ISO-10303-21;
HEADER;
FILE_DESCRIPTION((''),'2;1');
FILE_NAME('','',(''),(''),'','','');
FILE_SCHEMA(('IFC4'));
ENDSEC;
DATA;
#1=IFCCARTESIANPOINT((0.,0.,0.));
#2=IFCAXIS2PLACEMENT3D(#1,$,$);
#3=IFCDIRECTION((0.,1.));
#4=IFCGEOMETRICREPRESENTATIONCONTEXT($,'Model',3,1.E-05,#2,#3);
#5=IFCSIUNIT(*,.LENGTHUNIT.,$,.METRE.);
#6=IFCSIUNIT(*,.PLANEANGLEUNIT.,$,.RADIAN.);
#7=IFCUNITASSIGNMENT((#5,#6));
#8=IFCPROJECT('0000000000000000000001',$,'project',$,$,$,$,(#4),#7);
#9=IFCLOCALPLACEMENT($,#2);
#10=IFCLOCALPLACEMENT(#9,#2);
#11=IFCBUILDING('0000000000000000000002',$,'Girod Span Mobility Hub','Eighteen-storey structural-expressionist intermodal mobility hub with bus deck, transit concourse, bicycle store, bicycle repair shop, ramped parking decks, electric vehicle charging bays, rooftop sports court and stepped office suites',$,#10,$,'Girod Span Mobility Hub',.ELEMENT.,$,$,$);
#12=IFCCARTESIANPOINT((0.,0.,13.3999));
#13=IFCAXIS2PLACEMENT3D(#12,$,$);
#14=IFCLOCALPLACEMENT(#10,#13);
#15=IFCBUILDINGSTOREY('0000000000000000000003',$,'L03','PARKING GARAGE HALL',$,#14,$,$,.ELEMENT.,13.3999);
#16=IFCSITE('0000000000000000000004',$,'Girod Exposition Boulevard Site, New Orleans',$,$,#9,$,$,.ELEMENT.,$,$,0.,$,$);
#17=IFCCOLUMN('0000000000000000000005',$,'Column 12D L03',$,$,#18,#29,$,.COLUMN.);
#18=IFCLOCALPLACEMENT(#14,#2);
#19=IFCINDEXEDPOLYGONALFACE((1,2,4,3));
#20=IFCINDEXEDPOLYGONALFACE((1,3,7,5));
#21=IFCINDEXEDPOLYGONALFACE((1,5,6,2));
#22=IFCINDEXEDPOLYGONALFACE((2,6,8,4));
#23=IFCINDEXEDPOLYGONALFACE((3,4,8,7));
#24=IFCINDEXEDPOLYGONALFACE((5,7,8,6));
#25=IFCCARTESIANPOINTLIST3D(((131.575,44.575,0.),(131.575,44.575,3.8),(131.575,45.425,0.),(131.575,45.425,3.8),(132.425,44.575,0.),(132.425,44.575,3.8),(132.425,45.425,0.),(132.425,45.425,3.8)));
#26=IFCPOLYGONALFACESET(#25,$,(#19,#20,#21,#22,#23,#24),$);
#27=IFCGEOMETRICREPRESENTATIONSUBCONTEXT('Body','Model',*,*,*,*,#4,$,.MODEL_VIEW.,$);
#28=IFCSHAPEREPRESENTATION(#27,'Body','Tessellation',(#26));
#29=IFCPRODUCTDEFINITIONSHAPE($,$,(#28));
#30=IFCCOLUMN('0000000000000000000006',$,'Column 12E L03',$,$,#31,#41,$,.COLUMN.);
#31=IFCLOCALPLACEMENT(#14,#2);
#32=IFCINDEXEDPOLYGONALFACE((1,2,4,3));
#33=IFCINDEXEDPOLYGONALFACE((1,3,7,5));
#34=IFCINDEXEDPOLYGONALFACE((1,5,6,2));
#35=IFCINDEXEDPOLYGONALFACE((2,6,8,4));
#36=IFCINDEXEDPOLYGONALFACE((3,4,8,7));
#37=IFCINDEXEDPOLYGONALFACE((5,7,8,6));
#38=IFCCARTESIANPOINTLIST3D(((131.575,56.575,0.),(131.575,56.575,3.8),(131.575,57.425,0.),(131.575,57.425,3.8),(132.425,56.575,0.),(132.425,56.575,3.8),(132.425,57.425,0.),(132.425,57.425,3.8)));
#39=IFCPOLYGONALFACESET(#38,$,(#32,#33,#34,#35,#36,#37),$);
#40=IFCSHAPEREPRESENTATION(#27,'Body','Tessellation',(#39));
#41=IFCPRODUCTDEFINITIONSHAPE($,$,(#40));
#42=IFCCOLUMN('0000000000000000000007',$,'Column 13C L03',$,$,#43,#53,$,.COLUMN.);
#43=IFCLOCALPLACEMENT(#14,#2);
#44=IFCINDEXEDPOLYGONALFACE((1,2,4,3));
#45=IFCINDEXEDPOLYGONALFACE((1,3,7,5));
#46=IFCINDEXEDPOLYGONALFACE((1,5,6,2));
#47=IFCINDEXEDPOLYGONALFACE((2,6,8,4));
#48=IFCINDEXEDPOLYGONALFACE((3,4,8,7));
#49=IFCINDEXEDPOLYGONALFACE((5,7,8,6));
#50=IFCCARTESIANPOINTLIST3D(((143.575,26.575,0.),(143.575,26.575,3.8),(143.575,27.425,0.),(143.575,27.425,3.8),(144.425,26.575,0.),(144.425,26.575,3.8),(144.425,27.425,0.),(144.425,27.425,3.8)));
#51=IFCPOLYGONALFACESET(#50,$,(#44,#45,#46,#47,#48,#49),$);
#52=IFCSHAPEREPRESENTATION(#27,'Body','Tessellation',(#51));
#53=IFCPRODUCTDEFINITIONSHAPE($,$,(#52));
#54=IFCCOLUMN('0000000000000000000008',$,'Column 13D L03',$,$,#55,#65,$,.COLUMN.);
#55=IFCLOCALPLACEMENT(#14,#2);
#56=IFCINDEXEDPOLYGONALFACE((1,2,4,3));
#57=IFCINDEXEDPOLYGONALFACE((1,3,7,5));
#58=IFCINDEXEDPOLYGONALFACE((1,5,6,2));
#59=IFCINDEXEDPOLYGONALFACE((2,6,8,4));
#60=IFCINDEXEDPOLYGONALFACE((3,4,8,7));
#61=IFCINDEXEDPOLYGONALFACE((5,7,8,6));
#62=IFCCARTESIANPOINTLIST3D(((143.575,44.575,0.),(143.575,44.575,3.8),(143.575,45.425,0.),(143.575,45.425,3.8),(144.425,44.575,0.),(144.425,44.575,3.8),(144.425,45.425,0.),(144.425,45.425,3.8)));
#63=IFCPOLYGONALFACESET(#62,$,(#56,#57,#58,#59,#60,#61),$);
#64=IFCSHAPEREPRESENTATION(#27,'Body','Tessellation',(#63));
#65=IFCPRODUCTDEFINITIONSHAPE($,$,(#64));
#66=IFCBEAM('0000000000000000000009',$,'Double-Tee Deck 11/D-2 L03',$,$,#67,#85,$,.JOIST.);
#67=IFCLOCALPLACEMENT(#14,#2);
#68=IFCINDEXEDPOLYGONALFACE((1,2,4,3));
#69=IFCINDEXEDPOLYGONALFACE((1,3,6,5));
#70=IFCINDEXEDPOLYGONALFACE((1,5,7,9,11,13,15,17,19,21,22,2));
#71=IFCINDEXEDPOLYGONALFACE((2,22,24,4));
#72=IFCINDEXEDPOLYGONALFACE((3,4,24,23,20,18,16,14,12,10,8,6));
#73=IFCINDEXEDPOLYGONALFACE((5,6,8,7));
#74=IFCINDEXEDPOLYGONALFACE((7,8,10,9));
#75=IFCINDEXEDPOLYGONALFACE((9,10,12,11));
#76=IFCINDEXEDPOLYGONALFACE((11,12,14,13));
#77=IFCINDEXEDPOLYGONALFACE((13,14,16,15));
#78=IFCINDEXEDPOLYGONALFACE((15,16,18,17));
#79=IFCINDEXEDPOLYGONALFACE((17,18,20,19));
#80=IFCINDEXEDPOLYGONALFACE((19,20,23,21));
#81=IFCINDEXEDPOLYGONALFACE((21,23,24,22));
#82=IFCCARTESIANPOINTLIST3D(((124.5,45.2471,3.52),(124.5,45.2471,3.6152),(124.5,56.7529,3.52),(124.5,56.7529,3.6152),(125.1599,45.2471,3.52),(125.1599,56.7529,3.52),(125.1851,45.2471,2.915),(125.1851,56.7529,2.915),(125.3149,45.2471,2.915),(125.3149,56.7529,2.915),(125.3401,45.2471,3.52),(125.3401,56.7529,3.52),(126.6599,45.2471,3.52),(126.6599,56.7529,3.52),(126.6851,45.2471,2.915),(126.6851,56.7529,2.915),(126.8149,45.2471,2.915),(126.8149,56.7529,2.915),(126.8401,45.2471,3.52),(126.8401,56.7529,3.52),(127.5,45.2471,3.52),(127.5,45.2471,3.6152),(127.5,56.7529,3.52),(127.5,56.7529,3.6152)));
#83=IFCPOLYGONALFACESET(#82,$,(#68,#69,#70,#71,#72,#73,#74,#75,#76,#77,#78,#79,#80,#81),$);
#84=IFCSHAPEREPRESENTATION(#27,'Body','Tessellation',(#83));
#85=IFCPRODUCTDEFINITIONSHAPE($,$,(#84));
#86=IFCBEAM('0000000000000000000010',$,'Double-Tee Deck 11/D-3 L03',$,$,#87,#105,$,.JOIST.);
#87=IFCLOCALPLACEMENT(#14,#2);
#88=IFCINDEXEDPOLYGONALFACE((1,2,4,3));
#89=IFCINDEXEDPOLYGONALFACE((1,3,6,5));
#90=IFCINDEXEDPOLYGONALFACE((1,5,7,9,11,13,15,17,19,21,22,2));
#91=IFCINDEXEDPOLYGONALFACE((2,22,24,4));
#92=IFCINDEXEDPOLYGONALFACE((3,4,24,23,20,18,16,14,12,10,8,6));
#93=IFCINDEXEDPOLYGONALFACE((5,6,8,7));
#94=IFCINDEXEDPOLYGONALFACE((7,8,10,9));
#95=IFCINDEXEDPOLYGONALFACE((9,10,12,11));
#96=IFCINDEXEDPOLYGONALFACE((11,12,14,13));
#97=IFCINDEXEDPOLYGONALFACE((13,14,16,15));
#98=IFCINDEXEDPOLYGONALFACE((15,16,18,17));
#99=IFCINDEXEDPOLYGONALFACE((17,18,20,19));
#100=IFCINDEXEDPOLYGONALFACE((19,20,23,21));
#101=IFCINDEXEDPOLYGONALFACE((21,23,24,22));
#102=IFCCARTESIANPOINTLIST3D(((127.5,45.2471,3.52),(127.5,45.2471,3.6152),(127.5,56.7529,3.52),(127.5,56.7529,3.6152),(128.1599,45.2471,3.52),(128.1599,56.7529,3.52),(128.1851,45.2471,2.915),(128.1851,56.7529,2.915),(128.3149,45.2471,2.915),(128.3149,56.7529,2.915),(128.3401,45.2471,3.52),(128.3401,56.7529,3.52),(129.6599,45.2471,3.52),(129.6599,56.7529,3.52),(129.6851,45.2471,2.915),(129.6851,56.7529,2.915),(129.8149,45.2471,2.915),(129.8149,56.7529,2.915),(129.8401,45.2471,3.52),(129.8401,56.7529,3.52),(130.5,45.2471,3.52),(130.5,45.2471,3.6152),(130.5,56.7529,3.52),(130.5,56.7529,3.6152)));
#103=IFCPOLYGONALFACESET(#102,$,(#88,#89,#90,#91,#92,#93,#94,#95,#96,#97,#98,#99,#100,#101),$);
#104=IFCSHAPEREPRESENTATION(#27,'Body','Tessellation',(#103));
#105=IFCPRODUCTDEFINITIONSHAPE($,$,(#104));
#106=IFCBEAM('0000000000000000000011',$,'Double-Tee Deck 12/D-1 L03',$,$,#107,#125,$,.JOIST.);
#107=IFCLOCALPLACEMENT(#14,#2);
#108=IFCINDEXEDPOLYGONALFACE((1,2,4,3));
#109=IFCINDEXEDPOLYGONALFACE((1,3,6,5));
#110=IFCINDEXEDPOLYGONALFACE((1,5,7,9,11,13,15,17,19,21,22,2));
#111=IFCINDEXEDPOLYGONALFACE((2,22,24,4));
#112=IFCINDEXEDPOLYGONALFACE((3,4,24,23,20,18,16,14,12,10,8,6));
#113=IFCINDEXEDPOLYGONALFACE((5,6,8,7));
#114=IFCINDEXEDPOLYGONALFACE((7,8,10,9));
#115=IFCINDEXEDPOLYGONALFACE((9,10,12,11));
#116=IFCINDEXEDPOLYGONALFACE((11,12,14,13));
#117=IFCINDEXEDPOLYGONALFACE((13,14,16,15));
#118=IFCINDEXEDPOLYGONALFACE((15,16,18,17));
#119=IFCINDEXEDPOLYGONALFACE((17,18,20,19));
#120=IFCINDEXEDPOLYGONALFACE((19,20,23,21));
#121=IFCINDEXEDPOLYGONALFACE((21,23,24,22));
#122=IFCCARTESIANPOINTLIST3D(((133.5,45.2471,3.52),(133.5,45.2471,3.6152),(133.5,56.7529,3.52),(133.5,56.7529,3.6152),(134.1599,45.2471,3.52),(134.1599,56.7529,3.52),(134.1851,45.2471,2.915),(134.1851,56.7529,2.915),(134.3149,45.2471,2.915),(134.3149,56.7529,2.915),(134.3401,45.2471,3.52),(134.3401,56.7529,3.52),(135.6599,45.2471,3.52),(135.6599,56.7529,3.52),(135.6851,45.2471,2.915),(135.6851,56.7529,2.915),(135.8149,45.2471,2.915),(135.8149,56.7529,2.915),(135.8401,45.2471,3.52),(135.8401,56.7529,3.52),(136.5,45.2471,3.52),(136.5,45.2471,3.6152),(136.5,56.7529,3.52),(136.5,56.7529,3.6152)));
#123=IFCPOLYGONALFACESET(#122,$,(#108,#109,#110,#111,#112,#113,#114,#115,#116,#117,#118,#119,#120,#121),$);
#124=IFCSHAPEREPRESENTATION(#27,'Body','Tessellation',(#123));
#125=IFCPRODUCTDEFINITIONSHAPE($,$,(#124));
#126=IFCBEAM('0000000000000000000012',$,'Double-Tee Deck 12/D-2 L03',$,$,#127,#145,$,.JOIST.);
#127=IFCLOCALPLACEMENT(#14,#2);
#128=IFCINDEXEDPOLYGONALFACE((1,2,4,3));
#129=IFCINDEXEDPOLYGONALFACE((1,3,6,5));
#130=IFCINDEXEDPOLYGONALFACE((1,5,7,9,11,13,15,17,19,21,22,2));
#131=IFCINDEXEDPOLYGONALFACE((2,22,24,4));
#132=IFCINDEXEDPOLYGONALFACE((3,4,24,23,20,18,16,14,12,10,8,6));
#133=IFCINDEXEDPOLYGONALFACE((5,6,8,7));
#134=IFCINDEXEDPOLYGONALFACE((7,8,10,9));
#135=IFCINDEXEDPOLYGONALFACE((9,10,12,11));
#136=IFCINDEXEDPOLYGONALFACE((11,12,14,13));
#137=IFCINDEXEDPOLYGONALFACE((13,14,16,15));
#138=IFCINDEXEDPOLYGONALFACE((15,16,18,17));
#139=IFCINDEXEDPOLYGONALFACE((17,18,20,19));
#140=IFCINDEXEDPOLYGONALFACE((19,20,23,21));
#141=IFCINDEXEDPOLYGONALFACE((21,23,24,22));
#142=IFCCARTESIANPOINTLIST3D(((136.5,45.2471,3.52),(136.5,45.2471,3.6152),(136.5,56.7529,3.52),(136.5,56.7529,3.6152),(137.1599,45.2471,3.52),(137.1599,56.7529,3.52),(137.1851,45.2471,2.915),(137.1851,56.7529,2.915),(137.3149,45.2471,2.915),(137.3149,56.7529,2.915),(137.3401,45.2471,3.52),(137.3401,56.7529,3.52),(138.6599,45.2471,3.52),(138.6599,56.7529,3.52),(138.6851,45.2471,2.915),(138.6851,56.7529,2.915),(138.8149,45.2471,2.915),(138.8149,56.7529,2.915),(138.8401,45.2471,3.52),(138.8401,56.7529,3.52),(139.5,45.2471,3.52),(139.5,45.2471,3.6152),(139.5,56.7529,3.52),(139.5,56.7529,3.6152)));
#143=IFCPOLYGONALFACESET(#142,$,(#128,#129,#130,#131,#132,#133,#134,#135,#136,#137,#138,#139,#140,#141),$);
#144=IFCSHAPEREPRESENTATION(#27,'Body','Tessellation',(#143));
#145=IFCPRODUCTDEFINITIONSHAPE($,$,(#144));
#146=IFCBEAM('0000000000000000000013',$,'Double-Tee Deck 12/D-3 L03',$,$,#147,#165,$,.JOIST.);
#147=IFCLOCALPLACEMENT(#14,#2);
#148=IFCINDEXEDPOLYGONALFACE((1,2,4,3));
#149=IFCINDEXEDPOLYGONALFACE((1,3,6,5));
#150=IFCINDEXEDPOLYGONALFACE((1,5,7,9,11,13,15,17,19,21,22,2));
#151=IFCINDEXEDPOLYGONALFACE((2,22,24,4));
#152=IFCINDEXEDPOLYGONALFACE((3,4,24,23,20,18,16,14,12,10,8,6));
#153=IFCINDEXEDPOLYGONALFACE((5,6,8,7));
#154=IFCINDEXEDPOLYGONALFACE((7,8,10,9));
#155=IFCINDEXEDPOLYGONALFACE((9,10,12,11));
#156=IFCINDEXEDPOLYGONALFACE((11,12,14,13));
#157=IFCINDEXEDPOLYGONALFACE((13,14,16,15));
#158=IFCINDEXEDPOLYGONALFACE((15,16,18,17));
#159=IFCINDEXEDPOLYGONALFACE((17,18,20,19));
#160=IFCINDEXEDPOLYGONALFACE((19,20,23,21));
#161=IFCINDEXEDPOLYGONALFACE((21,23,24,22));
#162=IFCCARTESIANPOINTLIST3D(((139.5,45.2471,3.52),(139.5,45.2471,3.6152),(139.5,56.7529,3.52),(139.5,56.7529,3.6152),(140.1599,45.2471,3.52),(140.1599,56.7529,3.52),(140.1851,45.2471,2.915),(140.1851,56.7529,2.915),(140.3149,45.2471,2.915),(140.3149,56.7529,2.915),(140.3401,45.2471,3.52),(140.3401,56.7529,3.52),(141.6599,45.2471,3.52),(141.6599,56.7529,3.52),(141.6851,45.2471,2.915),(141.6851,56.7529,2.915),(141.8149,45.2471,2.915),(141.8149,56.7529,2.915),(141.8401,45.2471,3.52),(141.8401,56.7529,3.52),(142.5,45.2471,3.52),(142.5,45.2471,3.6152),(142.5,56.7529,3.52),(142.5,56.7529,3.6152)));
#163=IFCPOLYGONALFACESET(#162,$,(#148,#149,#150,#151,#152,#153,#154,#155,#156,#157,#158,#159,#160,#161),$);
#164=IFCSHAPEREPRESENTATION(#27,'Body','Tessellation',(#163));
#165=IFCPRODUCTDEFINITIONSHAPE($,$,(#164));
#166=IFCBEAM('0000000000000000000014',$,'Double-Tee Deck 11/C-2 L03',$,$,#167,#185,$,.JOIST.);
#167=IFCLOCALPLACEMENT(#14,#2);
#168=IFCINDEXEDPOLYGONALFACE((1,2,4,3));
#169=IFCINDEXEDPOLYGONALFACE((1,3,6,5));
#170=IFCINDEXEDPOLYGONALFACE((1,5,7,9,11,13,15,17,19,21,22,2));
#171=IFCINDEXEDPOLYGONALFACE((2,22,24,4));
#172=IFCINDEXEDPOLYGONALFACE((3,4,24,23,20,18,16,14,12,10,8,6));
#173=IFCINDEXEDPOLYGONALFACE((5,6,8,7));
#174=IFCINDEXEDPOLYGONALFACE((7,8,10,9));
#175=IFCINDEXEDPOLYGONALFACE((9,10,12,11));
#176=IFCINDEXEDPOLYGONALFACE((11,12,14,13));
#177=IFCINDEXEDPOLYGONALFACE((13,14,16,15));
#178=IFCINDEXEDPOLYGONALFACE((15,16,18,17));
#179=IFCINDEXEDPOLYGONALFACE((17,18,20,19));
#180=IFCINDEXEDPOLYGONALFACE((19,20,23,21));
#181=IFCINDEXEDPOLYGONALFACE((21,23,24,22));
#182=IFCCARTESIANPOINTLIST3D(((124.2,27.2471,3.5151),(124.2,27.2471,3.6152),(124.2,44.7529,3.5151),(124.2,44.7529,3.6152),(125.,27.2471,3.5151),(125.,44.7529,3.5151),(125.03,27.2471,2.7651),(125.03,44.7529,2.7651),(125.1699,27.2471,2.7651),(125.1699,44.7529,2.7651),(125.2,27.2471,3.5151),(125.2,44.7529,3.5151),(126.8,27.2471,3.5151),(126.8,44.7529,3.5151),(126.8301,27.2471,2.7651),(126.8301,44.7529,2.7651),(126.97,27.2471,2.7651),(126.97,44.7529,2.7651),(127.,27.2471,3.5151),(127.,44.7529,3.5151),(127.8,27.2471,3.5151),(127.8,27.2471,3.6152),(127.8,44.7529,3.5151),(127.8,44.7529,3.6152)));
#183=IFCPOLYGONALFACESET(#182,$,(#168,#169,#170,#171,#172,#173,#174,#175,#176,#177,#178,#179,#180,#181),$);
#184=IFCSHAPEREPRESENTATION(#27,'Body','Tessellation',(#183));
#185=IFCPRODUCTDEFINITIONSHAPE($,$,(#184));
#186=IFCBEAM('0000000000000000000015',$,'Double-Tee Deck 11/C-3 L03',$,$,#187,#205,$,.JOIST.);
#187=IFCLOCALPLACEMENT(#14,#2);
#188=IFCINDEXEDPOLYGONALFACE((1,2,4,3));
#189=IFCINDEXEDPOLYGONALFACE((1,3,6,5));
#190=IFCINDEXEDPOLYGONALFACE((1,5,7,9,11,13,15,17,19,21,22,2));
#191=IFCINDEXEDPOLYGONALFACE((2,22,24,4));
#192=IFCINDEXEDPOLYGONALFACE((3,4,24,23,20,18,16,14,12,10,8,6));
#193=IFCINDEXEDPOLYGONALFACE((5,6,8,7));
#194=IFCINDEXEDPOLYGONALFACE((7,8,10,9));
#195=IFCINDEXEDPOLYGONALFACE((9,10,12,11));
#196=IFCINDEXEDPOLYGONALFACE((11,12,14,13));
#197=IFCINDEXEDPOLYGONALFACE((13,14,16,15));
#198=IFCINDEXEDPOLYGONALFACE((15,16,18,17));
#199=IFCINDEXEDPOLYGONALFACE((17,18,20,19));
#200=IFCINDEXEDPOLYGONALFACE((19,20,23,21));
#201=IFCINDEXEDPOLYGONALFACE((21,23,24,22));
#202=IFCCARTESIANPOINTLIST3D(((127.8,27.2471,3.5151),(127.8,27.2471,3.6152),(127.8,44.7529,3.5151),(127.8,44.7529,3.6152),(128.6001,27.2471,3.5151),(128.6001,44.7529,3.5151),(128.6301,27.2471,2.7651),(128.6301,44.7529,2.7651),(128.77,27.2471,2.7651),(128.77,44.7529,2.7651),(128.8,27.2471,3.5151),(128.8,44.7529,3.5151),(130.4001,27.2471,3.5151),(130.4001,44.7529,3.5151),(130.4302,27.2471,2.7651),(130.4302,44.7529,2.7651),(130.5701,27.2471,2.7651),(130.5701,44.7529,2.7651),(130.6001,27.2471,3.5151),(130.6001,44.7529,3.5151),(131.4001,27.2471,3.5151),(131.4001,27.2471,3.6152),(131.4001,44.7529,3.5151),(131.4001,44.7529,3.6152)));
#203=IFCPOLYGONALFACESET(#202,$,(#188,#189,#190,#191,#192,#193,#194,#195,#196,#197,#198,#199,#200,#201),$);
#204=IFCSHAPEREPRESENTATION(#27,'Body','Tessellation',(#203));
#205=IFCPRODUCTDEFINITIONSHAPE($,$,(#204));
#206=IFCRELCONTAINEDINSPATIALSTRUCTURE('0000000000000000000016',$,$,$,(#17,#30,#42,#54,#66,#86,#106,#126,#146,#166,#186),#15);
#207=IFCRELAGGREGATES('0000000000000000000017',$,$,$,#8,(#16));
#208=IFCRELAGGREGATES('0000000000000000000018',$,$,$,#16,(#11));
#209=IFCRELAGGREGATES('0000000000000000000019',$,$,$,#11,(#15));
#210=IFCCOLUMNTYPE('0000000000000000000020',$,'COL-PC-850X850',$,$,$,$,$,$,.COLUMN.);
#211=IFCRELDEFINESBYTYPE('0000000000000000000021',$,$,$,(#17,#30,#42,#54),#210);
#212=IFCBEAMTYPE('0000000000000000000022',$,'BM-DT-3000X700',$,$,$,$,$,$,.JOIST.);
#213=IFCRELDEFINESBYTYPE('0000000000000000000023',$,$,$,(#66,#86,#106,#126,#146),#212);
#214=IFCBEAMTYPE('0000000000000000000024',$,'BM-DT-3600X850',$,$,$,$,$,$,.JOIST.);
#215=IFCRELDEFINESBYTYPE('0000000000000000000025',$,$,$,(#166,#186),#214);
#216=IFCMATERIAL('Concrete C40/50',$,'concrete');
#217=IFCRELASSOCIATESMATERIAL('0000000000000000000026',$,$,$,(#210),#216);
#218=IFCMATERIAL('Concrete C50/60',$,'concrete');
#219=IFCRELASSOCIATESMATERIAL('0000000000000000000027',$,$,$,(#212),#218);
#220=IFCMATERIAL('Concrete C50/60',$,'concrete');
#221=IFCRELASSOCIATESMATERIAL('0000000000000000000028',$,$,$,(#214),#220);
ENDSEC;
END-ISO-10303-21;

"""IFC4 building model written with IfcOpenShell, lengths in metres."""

from ifc_helpers import new_model, si_unit, direction, frame, origin, origin_2d, place, context, subcontext, project, spatial, polyline, rectangle, outline, extrude, material, material_profile, profile_set, type_object, element, save


model = new_model("IFC4")

# Units and contexts
model_context = context("Model", 3, precision=1e-05, world=origin(), true_north=direction((0.0, 1.0)))
body_context = subcontext(model_context, "Body", "Model", "MODEL_VIEW")
ifc_project = project(units=[si_unit("LENGTHUNIT", "METRE"), si_unit("PLANEANGLEUNIT", "RADIAN")], contexts=[model_context])

# Site, building, storey
site_placement = place(None, origin())
site = spatial("IfcSite", under=ifc_project, at=site_placement, Name="Girod Exposition Boulevard Site, New Orleans", CompositionType="ELEMENT", RefElevation=0.0)
building_placement = place(site_placement, origin())
building = spatial("IfcBuilding", under=site, at=building_placement, Name="Girod Span Mobility Hub", Description="Eighteen-storey structural-expressionist intermodal mobility hub with bus deck, transit concourse, bicycle store, bicycle repair shop, ramped parking decks, electric vehicle charging bays, rooftop sports court and stepped office suites", LongName="Girod Span Mobility Hub", CompositionType="ELEMENT")
storey_placement = place(building_placement, frame((0.0, 0.0, 13.3999)))
storey = spatial("IfcBuildingStorey", under=building, at=storey_placement, Name="L03", Description="PARKING GARAGE HALL", CompositionType="ELEMENT", Elevation=13.3999)

# Columns
ifc_material_1 = material(Name="Concrete C40/50", Category="concrete")
ifc_material_profile_1 = material_profile(ifc_material_1, rectangle(XDim=0.8501, YDim=0.8501, at=origin_2d()), Name="PC-COL-850X850")
ifc_profile_set_1 = profile_set([ifc_material_profile_1], Name="Concrete C40/50")
column_type = type_object("IfcColumnType", Name="COL-PC-850X850", PredefinedType="COLUMN", material=ifc_profile_set_1)
for number, where, z_axis, x_axis, name in (
    (1, (132.0, 45.0, 0.0), (0.0, 0.0, 1.0), (1.0, 0.0, 0.0), "Column 12D L03"),
    (2, (132.0, 57.0, 0.0), (0.0, 0.0, 1.0), (1.0, 0.0, 0.0), "Column 12E L03"),
    (3, (144.0, 27.0, 0.0), (0.0, 0.0, 1.0), (1.0, 0.0, 0.0), "Column 13C L03"),
    (4, (144.0, 45.0, 0.0), (0.0, 0.0, 1.0), (1.0, 0.0, 0.0), "Column 13D L03"),
):
    element("IfcColumn", number, at=place(storey_placement, frame(where, z_axis=z_axis, x_axis=x_axis)), inside=storey, type_object=column_type, Name=name, PredefinedType="COLUMN", context=body_context, shape_type="SweptSolid", body=[
        extrude(rectangle(XDim=0.8501, YDim=0.8501, at=origin_2d()), origin(), (0.0, 0.0, 1.0), 3.8),
    ])

# Beams
ifc_material_2 = material(Name="Concrete C50/60", Category="concrete")
ifc_material_profile_2 = material_profile(ifc_material_2, outline(polyline([(-1.5, 0.3501), (-1.5, 0.2549), (-0.8401, 0.2549), (-0.8149, -0.3501), (-0.6851, -0.3501), (-0.6599, 0.2549), (0.6599, 0.2549), (0.6851, -0.3501), (0.8149, -0.3501), (0.8401, 0.2549), (1.5, 0.2549), (1.5, 0.3501), (-1.5, 0.3501)])), Name="DT-3000X700")
ifc_profile_set_2 = profile_set([ifc_material_profile_2], Name="Concrete C50/60")
beam_type_1 = type_object("IfcBeamType", Name="BM-DT-3000X700", PredefinedType="JOIST", material=ifc_profile_set_2)
for number, where, z_axis, x_axis, name in (
    (5, (126.0, 45.2471, 3.2651), (0.0, 1.0, 0.0), (-1.0, 0.0, 0.0), "Double-Tee Deck 11/D-2 L03"),
    (6, (129.0, 45.2471, 3.2651), (0.0, 1.0, 0.0), (-1.0, 0.0, 0.0), "Double-Tee Deck 11/D-3 L03"),
    (7, (135.0, 45.2471, 3.2651), (0.0, 1.0, 0.0), (-1.0, 0.0, 0.0), "Double-Tee Deck 12/D-1 L03"),
    (8, (138.0, 45.2471, 3.2651), (0.0, 1.0, 0.0), (-1.0, 0.0, 0.0), "Double-Tee Deck 12/D-2 L03"),
    (9, (141.0, 45.2471, 3.2651), (0.0, 1.0, 0.0), (-1.0, 0.0, 0.0), "Double-Tee Deck 12/D-3 L03"),
):
    element("IfcBeam", number, at=place(storey_placement, frame(where, z_axis=z_axis, x_axis=x_axis)), inside=storey, type_object=beam_type_1, Name=name, PredefinedType="JOIST", context=body_context, shape_type="SweptSolid", body=[
        extrude(outline(polyline([(-1.5, 0.3501), (-1.5, 0.2549), (-0.8401, 0.2549), (-0.8149, -0.3501), (-0.6851, -0.3501), (-0.6599, 0.2549), (0.6599, 0.2549), (0.6851, -0.3501), (0.8149, -0.3501), (0.8401, 0.2549), (1.5, 0.2549), (1.5, 0.3501), (-1.5, 0.3501)])), origin(), (0.0, 0.0, 1.0), 11.5059),
    ])
ifc_material_3 = material(Name="Concrete C50/60", Category="concrete")
ifc_material_profile_3 = material_profile(ifc_material_3, outline(polyline([(-1.8, 0.425), (-1.8, 0.325), (-1.0, 0.325), (-0.97, -0.425), (-0.8301, -0.425), (-0.8, 0.325), (0.8, 0.325), (0.8301, -0.425), (0.97, -0.425), (1.0, 0.325), (1.8, 0.325), (1.8, 0.425), (-1.8, 0.425)])), Name="DT-3600X850")
ifc_profile_set_3 = profile_set([ifc_material_profile_3], Name="Concrete C50/60")
beam_type_2 = type_object("IfcBeamType", Name="BM-DT-3600X850", PredefinedType="JOIST", material=ifc_profile_set_3)
for number, where, z_axis, x_axis, name in (
    (10, (126.0, 27.2471, 3.1902), (0.0, 1.0, 0.0), (-1.0, 0.0, 0.0), "Double-Tee Deck 11/C-2 L03"),
    (11, (129.6001, 27.2471, 3.1902), (0.0, 1.0, 0.0), (-1.0, 0.0, 0.0), "Double-Tee Deck 11/C-3 L03"),
):
    element("IfcBeam", number, at=place(storey_placement, frame(where, z_axis=z_axis, x_axis=x_axis)), inside=storey, type_object=beam_type_2, Name=name, PredefinedType="JOIST", context=body_context, shape_type="SweptSolid", body=[
        extrude(outline(polyline([(-1.8, 0.425), (-1.8, 0.325), (-1.0, 0.325), (-0.97, -0.425), (-0.8301, -0.425), (-0.8, 0.325), (0.8, 0.325), (0.8301, -0.425), (0.97, -0.425), (1.0, 0.325), (1.8, 0.325), (1.8, 0.425), (-1.8, 0.425)])), origin(), (0.0, 0.0, 1.0), 17.5059),
    ])

save(model, "model.ifc")
